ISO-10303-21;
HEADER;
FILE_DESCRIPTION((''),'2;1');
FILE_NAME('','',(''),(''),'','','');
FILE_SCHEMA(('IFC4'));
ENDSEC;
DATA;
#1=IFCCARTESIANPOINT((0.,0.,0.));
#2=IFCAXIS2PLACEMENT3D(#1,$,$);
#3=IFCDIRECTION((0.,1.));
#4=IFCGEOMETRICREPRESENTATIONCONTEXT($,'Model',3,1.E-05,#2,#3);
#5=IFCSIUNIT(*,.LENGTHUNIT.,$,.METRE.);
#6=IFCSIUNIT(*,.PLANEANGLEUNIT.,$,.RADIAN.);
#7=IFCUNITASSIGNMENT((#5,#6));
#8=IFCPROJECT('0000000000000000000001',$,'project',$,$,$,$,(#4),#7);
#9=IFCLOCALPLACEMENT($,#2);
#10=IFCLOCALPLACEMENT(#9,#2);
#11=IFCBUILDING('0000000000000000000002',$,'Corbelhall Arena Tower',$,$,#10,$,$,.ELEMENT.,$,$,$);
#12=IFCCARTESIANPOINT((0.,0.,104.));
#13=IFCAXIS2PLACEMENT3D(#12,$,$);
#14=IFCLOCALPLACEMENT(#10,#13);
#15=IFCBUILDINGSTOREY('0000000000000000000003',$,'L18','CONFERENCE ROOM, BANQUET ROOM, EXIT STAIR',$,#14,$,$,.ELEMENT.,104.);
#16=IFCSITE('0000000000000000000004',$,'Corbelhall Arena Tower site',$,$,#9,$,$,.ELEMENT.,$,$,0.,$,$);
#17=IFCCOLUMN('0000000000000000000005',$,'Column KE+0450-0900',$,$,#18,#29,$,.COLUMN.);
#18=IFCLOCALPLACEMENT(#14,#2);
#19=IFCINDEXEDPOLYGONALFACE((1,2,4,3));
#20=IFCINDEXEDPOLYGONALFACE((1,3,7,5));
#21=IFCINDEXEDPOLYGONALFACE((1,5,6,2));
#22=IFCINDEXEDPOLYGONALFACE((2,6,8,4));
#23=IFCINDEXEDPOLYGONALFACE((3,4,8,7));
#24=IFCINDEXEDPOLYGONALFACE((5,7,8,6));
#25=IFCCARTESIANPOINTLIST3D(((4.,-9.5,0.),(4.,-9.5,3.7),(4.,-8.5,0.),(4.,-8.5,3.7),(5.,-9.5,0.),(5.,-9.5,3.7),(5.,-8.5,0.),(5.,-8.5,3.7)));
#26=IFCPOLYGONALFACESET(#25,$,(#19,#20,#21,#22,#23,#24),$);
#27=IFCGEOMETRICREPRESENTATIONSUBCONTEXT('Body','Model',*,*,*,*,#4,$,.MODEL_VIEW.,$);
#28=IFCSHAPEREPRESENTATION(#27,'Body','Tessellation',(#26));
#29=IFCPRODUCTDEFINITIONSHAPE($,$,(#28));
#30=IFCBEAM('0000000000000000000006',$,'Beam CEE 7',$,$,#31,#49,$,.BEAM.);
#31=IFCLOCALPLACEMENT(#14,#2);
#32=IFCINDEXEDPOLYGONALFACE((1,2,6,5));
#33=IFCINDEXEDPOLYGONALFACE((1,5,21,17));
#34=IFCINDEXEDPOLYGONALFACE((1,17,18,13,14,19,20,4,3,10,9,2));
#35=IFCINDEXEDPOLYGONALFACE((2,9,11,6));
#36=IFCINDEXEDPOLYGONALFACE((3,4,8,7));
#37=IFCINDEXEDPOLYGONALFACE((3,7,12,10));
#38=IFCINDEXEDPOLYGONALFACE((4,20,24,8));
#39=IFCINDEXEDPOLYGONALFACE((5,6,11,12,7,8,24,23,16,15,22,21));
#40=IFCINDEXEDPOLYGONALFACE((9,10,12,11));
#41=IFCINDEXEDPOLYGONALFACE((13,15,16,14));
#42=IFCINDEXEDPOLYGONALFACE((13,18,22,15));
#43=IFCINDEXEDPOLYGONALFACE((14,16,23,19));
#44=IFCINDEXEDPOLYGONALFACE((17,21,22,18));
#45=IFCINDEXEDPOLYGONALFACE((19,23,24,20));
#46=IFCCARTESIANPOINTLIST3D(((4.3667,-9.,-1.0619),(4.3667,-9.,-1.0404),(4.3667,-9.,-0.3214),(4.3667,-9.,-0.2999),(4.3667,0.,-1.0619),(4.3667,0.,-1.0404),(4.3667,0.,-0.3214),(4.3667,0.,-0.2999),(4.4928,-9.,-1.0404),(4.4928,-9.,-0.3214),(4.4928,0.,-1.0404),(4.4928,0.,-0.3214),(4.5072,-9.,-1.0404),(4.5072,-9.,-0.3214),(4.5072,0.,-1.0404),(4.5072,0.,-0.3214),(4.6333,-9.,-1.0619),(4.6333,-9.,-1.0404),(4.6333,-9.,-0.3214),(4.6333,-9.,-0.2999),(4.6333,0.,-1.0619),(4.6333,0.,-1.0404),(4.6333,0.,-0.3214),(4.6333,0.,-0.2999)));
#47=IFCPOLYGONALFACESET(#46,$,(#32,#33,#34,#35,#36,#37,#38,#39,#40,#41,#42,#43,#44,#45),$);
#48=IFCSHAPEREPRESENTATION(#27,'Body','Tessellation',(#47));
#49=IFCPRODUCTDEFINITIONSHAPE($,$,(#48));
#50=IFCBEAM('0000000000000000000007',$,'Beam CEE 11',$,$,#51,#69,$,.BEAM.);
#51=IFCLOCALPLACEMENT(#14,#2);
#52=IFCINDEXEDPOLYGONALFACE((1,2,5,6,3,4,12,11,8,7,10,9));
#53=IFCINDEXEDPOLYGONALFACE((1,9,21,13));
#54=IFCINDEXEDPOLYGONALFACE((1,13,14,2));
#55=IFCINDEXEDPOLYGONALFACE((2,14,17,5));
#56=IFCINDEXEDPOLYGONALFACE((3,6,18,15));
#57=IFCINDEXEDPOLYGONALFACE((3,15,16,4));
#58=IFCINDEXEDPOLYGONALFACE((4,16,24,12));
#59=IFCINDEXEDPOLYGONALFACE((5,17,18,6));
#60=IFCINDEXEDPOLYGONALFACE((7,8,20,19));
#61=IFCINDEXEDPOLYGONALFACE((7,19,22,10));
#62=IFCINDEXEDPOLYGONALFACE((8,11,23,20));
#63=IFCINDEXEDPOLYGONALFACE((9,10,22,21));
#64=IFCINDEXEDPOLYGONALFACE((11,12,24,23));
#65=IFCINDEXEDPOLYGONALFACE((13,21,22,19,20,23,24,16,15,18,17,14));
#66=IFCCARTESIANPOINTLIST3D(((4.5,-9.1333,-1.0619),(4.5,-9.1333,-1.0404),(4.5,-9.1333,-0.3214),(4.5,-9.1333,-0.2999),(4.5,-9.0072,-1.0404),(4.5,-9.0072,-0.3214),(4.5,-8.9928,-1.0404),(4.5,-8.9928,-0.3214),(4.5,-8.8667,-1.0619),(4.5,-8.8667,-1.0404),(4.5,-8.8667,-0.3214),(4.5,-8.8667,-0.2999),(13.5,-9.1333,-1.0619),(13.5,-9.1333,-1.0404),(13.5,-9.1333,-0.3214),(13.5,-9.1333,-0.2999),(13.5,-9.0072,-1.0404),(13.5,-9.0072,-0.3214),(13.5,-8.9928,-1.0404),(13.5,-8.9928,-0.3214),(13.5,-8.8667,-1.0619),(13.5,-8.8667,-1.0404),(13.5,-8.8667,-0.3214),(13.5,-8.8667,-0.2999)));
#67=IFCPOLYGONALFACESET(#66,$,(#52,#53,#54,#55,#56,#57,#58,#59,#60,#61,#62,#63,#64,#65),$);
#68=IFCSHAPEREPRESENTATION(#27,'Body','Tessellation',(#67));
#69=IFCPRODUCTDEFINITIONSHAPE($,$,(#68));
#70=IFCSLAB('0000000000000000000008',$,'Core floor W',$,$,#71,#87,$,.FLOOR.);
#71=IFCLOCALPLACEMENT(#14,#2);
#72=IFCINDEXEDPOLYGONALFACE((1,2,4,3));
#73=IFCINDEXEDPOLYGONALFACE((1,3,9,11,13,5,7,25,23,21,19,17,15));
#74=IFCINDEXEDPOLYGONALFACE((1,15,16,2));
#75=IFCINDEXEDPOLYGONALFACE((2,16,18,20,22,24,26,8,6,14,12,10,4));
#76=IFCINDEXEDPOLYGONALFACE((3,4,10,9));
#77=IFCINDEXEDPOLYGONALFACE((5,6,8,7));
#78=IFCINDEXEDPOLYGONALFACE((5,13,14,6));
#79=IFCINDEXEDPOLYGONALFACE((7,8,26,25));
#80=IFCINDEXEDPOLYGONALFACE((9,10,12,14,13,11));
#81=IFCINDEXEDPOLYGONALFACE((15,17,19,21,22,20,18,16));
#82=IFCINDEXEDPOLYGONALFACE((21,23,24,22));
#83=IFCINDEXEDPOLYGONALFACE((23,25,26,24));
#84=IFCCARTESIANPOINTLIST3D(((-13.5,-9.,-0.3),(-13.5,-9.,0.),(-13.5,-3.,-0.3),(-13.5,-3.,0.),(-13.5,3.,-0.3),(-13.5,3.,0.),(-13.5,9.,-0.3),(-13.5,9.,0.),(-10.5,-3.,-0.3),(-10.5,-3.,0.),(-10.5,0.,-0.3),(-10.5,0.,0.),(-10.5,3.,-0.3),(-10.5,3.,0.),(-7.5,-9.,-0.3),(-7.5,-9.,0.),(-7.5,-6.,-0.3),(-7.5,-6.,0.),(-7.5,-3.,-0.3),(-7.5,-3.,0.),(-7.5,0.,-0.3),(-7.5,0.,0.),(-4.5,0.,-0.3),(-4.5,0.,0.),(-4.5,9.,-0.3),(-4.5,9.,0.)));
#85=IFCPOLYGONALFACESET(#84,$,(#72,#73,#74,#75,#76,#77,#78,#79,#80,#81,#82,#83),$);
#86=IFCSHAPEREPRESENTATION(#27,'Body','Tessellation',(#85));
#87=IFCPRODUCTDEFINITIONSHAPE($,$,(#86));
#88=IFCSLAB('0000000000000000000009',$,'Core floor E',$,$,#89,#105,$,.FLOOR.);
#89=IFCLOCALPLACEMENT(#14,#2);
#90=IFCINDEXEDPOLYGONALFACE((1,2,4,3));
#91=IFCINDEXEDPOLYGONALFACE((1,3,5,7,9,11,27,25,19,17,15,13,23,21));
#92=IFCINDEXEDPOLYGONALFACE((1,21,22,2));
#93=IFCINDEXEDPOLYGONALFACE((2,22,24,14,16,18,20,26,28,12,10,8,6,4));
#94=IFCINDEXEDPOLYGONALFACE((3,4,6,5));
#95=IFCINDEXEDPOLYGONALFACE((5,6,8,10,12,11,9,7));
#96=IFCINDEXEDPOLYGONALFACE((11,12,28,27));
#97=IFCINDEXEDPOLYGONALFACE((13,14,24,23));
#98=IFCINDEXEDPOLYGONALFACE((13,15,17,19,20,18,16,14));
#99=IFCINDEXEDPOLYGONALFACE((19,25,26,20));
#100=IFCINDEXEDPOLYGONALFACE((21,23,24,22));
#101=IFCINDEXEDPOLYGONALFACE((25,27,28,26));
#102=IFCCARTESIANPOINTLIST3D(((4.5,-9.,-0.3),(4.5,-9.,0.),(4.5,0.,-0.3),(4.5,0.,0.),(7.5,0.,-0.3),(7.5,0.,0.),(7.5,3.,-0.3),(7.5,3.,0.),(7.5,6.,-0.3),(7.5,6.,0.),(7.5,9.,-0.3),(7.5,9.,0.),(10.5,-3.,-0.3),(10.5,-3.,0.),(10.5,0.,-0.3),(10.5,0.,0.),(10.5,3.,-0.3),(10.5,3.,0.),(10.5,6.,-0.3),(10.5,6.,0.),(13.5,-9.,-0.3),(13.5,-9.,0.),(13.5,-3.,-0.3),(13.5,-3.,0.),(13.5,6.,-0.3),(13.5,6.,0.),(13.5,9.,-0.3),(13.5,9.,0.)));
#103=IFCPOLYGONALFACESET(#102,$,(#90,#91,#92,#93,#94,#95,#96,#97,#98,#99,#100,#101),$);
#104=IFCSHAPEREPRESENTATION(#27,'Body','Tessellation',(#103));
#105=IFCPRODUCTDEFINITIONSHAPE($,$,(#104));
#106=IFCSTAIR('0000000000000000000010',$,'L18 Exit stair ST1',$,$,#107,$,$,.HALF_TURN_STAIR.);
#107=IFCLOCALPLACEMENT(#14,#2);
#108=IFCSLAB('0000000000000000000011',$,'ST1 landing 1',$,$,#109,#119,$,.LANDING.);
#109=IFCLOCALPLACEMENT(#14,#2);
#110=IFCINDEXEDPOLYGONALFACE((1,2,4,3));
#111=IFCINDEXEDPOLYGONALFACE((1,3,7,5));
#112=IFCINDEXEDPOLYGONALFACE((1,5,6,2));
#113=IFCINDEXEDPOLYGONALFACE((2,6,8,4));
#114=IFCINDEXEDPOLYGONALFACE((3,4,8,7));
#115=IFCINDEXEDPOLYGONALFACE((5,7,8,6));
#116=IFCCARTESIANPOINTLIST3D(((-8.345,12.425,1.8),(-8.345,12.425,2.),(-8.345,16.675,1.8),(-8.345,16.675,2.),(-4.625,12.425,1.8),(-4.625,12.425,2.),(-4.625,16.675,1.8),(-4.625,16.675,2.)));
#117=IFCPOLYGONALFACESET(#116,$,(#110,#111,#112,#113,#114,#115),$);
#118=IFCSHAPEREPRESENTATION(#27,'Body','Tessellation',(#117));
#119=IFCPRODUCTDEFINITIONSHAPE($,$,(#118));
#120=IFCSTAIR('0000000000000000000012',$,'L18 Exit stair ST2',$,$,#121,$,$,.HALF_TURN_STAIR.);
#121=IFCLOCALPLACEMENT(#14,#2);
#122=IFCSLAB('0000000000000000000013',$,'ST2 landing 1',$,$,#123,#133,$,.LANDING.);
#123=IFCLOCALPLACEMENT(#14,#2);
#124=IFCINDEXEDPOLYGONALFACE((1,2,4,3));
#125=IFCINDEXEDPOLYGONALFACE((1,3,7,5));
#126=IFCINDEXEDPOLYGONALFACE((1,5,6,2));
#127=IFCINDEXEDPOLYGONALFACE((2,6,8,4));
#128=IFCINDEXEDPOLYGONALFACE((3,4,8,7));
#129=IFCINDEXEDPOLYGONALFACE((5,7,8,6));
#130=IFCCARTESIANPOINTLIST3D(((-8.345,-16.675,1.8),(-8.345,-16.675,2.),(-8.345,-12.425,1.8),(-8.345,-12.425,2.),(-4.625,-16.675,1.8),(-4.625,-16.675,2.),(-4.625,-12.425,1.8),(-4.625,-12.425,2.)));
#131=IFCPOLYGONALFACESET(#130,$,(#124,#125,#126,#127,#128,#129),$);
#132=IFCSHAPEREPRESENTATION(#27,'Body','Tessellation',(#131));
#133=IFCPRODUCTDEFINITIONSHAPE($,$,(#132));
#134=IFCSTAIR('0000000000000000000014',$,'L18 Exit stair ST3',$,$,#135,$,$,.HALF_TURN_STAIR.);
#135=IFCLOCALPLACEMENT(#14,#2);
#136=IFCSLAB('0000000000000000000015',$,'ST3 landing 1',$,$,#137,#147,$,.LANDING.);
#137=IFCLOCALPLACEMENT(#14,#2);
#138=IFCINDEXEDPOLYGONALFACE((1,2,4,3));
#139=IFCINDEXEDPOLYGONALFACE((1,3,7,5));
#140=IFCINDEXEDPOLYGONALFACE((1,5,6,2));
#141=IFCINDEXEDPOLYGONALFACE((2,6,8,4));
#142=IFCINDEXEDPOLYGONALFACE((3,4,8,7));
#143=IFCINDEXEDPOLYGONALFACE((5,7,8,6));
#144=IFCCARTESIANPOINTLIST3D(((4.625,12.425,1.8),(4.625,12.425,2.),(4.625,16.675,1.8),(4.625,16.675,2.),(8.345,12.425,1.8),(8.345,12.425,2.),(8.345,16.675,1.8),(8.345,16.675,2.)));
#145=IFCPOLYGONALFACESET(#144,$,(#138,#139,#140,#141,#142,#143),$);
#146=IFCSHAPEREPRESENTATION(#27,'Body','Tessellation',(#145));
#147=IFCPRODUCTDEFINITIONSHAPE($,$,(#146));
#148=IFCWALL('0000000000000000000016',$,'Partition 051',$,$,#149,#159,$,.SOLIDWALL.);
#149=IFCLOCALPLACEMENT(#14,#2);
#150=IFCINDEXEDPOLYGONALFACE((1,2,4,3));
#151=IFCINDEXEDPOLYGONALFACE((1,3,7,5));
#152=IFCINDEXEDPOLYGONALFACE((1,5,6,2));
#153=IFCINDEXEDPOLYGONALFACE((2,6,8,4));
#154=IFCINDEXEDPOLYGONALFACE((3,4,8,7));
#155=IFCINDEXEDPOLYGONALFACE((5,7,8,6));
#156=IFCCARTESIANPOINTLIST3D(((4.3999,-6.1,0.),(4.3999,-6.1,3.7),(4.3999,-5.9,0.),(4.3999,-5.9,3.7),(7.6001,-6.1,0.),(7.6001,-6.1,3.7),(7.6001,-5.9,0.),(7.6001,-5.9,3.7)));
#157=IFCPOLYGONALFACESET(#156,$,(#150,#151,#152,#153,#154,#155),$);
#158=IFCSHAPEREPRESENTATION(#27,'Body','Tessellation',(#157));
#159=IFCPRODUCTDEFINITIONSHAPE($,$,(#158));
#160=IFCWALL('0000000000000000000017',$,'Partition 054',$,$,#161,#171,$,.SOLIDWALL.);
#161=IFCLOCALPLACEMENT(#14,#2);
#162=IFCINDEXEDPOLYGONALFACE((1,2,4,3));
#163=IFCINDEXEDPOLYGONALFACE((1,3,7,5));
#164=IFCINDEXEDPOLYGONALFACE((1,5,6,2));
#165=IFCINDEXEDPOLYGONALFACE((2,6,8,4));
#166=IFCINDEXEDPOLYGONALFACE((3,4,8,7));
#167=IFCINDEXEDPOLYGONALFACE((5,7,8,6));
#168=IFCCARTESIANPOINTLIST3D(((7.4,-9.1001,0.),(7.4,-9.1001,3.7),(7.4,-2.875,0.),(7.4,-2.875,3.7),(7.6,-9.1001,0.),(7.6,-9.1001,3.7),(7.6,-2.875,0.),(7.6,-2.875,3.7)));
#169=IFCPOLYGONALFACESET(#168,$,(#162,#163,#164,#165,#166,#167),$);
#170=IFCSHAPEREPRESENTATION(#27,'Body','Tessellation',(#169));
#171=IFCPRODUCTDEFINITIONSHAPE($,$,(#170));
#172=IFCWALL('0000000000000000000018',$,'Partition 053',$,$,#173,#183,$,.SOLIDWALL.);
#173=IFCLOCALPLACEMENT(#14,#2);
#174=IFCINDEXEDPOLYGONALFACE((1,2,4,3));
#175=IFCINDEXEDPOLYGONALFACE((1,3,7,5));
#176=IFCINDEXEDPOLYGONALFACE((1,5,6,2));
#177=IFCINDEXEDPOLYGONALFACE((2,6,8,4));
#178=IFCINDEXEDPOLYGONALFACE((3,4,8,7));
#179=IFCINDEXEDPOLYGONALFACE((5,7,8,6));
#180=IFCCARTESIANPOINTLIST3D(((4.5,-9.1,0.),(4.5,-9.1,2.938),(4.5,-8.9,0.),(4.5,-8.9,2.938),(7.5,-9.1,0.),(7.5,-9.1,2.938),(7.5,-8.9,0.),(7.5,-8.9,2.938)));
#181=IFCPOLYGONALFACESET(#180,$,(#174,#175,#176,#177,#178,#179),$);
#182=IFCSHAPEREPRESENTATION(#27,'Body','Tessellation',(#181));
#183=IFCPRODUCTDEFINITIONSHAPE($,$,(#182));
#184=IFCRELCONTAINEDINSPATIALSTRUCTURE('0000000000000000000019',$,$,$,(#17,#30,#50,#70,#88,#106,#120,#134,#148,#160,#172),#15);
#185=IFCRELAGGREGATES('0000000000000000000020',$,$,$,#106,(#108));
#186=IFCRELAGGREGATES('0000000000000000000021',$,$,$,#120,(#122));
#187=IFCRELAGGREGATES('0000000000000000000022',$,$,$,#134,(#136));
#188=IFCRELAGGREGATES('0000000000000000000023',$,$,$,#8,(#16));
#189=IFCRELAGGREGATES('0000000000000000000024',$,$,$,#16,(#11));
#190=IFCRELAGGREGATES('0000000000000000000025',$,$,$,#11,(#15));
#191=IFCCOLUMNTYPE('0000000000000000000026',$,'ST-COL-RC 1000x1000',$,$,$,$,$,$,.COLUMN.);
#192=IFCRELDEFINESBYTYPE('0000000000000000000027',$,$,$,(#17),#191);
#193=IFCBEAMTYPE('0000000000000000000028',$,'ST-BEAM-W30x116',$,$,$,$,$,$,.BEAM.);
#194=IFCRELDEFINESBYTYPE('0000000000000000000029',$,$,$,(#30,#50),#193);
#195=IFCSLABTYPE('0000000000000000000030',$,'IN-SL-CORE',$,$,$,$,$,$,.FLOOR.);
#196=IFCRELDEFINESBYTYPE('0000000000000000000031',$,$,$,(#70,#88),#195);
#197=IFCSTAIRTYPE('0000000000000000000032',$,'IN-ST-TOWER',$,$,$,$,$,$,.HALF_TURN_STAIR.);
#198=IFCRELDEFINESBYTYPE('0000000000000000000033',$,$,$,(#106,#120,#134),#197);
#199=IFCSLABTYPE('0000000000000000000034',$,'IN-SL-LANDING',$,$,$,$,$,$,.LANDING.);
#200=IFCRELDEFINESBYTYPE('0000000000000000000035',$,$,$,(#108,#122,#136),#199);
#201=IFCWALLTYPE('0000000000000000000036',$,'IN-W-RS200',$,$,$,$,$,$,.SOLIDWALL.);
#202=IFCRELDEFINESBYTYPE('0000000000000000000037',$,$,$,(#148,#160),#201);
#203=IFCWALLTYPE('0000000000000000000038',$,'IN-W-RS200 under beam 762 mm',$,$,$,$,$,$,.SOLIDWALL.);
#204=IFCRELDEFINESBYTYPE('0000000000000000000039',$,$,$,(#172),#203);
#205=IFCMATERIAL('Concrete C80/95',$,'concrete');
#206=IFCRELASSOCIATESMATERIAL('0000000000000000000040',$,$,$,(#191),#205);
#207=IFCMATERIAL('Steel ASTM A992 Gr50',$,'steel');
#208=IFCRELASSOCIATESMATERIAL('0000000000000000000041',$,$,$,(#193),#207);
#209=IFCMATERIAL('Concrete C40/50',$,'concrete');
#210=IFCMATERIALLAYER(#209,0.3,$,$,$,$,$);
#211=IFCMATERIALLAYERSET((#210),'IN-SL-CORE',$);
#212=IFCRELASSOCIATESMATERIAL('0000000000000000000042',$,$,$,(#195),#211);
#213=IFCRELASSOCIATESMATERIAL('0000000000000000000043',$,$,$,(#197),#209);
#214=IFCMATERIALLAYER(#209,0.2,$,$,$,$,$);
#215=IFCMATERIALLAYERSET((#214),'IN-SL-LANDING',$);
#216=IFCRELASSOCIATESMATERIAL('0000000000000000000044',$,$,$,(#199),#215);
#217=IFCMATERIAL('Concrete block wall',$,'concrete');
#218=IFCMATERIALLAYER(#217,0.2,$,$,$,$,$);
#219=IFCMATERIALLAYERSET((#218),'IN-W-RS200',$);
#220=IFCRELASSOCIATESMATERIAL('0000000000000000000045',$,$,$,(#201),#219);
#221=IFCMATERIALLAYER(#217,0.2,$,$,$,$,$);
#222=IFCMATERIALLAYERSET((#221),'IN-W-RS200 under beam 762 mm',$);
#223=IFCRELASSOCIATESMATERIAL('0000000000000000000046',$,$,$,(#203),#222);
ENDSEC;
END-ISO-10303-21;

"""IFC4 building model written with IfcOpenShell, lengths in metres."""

from ifc_helpers import new_model, si_unit, direction, frame, frame_2d, origin, origin_2d, place, context, subcontext, project, spatial, polyline, rectangle, i_section, outline, extrude, material, layer, layer_set, material_profile, profile_set, type_object, element, aggregate, save


model = new_model("IFC4")

# Units and contexts
model_context = context("Model", 3, precision=1e-05, world=origin(), true_north=direction((0.0, 1.0)))
body_context = subcontext(model_context, "Body", "Model", "MODEL_VIEW")
ifc_project = project(units=[si_unit("LENGTHUNIT", "METRE"), si_unit("PLANEANGLEUNIT", "RADIAN")], contexts=[model_context])

# Site, building, storey
site_placement = place(None, origin())
site = spatial("IfcSite", under=ifc_project, at=site_placement, Name="Corbelhall Arena Tower site", CompositionType="ELEMENT", RefElevation=0.0)
building_placement = place(site_placement, origin())
building = spatial("IfcBuilding", under=site, at=building_placement, Name="Corbelhall Arena Tower", CompositionType="ELEMENT")
storey_placement = place(building_placement, frame((0.0, 0.0, 104.0)))
storey = spatial("IfcBuildingStorey", under=building, at=storey_placement, Name="L18", Description="CONFERENCE ROOM, BANQUET ROOM, EXIT STAIR", CompositionType="ELEMENT", Elevation=104.0)

# Column
ifc_material_1 = material(Name="Concrete C80/95", Category="concrete")
ifc_material_profile_1 = material_profile(ifc_material_1, rectangle(XDim=1.0, YDim=1.0, at=origin_2d()))
ifc_profile_set_1 = profile_set([ifc_material_profile_1], Name="Concrete C80/95")
column_type = type_object("IfcColumnType", Name="ST-COL-RC 1000x1000", PredefinedType="COLUMN", material=ifc_profile_set_1)
column_placement = place(storey_placement, frame((4.5, -9.0, 0.0), z_axis=(0.0, 0.0, 1.0), x_axis=(1.0, 0.0, 0.0)))
element("IfcColumn", 1, at=column_placement, inside=storey, type_object=column_type, Name="Column KE+0450-0900", PredefinedType="COLUMN", context=body_context, shape_type="SweptSolid", body=[
    extrude(rectangle(XDim=1.0, YDim=1.0, at=origin_2d()), origin(), (0.0, 0.0, 1.0), 3.7),
])

# Beams
ifc_material_2 = material(Name="Steel ASTM A992 Gr50", Category="steel")
ifc_material_profile_2 = material_profile(ifc_material_2, i_section(OverallWidth=0.2666, OverallDepth=0.762, WebThickness=0.0144, FlangeThickness=0.0215, at=origin_2d()))
ifc_profile_set_2 = profile_set([ifc_material_profile_2], Name="Steel ASTM A992 Gr50")
beam_type = type_object("IfcBeamType", Name="ST-BEAM-W30x116", PredefinedType="BEAM", material=ifc_profile_set_2)
for number, where, z_axis, x_axis, name in (
    (2, (4.5, -9.0, -0.6809), (0.0, 1.0, 0.0), (-1.0, 0.0, 0.0), "Beam CEE 7"),
    (3, (4.5, -9.0, -0.6809), (1.0, 0.0, 0.0), (0.0, 1.0, 0.0), "Beam CEE 11"),
):
    element("IfcBeam", number, at=place(storey_placement, frame(where, z_axis=z_axis, x_axis=x_axis)), inside=storey, type_object=beam_type, Name=name, PredefinedType="BEAM", context=body_context, shape_type="SweptSolid", body=[
        extrude(i_section(OverallWidth=0.2666, OverallDepth=0.762, WebThickness=0.0144, FlangeThickness=0.0215, at=origin_2d()), origin(), (0.0, 0.0, 1.0), 9.0),
    ])

# Slabs
ifc_material_3 = material(Name="Concrete C40/50", Category="concrete")
ifc_layer_1 = layer(ifc_material_3, 0.3)
ifc_layer_set_1 = layer_set([ifc_layer_1], Name="IN-SL-CORE")
slab_type_1 = type_object("IfcSlabType", Name="IN-SL-CORE", PredefinedType="FLOOR", material=ifc_layer_set_1)
slab_1_placement = place(storey_placement, frame((0.0, 0.0, -0.3)))
element("IfcSlab", 4, at=slab_1_placement, inside=storey, type_object=slab_type_1, Name="Core floor W", PredefinedType="FLOOR", context=body_context, shape_type="SweptSolid", body=[
    extrude(outline(polyline([(-7.5, 0.0), (-4.5, 0.0), (-4.5, 9.0), (-13.5, 9.0), (-13.5, 3.0), (-10.5, 3.0), (-10.5, 0.0), (-10.5, -3.0), (-13.5, -3.0), (-13.5, -9.0), (-7.5, -9.0), (-7.5, -6.0), (-7.5, -3.0), (-7.5, 0.0)])), origin(), (0.0, 0.0, 1.0), 0.3),
])
slab_2_placement = place(storey_placement, frame((0.0, 0.0, -0.3)))
element("IfcSlab", 5, at=slab_2_placement, inside=storey, type_object=slab_type_1, Name="Core floor E", PredefinedType="FLOOR", context=body_context, shape_type="SweptSolid", body=[
    extrude(outline(polyline([(7.5, 0.0), (4.5, 0.0), (4.5, -9.0), (13.5, -9.0), (13.5, -3.0), (10.5, -3.0), (10.5, 0.0), (10.5, 3.0), (10.5, 6.0), (13.5, 6.0), (13.5, 9.0), (7.5, 9.0), (7.5, 6.0), (7.5, 3.0), (7.5, 0.0)])), origin(), (0.0, 0.0, 1.0), 0.3),
])

# Stairs, slabs
stair_type = type_object("IfcStairType", Name="IN-ST-TOWER", PredefinedType="HALF_TURN_STAIR", material=ifc_material_3)
stair_1_placement = place(storey_placement, origin())
stair_1 = element("IfcStair", 6, at=stair_1_placement, inside=storey, type_object=stair_type, Name="L18 Exit stair ST1", PredefinedType="HALF_TURN_STAIR")
ifc_layer_2 = layer(ifc_material_3, 0.2)
ifc_layer_set_2 = layer_set([ifc_layer_2], Name="IN-SL-LANDING")
slab_type_2 = type_object("IfcSlabType", Name="IN-SL-LANDING", PredefinedType="LANDING", material=ifc_layer_set_2)
slab_3_placement = place(storey_placement, frame((0.0, 0.0, 1.8)))
slab_3 = element("IfcSlab", 7, at=slab_3_placement, type_object=slab_type_2, Name="ST1 landing 1", PredefinedType="LANDING", context=body_context, shape_type="SweptSolid", body=[
    extrude(outline(polyline([(-8.345, 12.425), (-4.625, 12.425), (-4.625, 16.675), (-8.345, 16.675), (-8.345, 12.425)])), origin(), (0.0, 0.0, 1.0), 0.2),
])
aggregate(stair_1, [slab_3])
stair_2_placement = place(storey_placement, origin())
stair_2 = element("IfcStair", 8, at=stair_2_placement, inside=storey, type_object=stair_type, Name="L18 Exit stair ST2", PredefinedType="HALF_TURN_STAIR")
slab_4_placement = place(storey_placement, frame((0.0, 0.0, 1.8)))
slab_4 = element("IfcSlab", 9, at=slab_4_placement, type_object=slab_type_2, Name="ST2 landing 1", PredefinedType="LANDING", context=body_context, shape_type="SweptSolid", body=[
    extrude(outline(polyline([(-8.345, -16.675), (-4.625, -16.675), (-4.625, -12.425), (-8.345, -12.425), (-8.345, -16.675)])), origin(), (0.0, 0.0, 1.0), 0.2),
])
aggregate(stair_2, [slab_4])
stair_3_placement = place(storey_placement, origin())
stair_3 = element("IfcStair", 10, at=stair_3_placement, inside=storey, type_object=stair_type, Name="L18 Exit stair ST3", PredefinedType="HALF_TURN_STAIR")
slab_5_placement = place(storey_placement, frame((0.0, 0.0, 1.8)))
slab_5 = element("IfcSlab", 11, at=slab_5_placement, type_object=slab_type_2, Name="ST3 landing 1", PredefinedType="LANDING", context=body_context, shape_type="SweptSolid", body=[
    extrude(outline(polyline([(8.345, 16.675), (4.625, 16.675), (4.625, 12.425), (8.345, 12.425), (8.345, 16.675)])), origin(), (0.0, 0.0, 1.0), 0.2),
])
aggregate(stair_3, [slab_5])

# Walls
ifc_material_4 = material(Name="Concrete block wall", Category="concrete")
ifc_layer_3 = layer(ifc_material_4, 0.2)
ifc_layer_set_3 = layer_set([ifc_layer_3], Name="IN-W-RS200")
wall_type_1 = type_object("IfcWallType", Name="IN-W-RS200", PredefinedType="SOLIDWALL", material=ifc_layer_set_3)
wall_1_placement = place(storey_placement, frame((4.3999, -6.0, 0.0), z_axis=(0.0, 0.0, 1.0), x_axis=(1.0, 0.0, 0.0)))
element("IfcWall", 12, at=wall_1_placement, inside=storey, type_object=wall_type_1, Name="Partition 051", PredefinedType="SOLIDWALL", context=body_context, shape_type="SweptSolid", body=[
    extrude(rectangle(XDim=3.2002, YDim=0.2, at=frame_2d((1.6001, 0.0))), origin(), (0.0, 0.0, 1.0), 3.7),
])
wall_2_placement = place(storey_placement, frame((7.5, -2.875, 0.0), z_axis=(0.0, 0.0, 1.0), x_axis=(0.0, -1.0, 0.0)))
element("IfcWall", 13, at=wall_2_placement, inside=storey, type_object=wall_type_1, Name="Partition 054", PredefinedType="SOLIDWALL", context=body_context, shape_type="SweptSolid", body=[
    extrude(rectangle(XDim=6.2251, YDim=0.2, at=frame_2d((3.1125, 0.0))), origin(), (0.0, 0.0, 1.0), 3.7),
])

# Shared definitions
ifc_layer_4 = layer(ifc_material_4, 0.2)
ifc_layer_set_4 = layer_set([ifc_layer_4], Name="IN-W-RS200 under beam 762 mm")
wall_type_2 = type_object("IfcWallType", Name="IN-W-RS200 under beam 762 mm", PredefinedType="SOLIDWALL", material=ifc_layer_set_4)

# Wall
wall_3_placement = place(storey_placement, frame((7.5, -9.0, 0.0), z_axis=(0.0, 0.0, 1.0), x_axis=(-1.0, 0.0, 0.0)))
element("IfcWall", 14, at=wall_3_placement, inside=storey, type_object=wall_type_2, Name="Partition 053", PredefinedType="SOLIDWALL", context=body_context, shape_type="SweptSolid", body=[
    extrude(rectangle(XDim=3.0, YDim=0.2, at=frame_2d((1.5, 0.0))), origin(), (0.0, 0.0, 1.0), 2.938),
])

save(model, "model.ifc")
